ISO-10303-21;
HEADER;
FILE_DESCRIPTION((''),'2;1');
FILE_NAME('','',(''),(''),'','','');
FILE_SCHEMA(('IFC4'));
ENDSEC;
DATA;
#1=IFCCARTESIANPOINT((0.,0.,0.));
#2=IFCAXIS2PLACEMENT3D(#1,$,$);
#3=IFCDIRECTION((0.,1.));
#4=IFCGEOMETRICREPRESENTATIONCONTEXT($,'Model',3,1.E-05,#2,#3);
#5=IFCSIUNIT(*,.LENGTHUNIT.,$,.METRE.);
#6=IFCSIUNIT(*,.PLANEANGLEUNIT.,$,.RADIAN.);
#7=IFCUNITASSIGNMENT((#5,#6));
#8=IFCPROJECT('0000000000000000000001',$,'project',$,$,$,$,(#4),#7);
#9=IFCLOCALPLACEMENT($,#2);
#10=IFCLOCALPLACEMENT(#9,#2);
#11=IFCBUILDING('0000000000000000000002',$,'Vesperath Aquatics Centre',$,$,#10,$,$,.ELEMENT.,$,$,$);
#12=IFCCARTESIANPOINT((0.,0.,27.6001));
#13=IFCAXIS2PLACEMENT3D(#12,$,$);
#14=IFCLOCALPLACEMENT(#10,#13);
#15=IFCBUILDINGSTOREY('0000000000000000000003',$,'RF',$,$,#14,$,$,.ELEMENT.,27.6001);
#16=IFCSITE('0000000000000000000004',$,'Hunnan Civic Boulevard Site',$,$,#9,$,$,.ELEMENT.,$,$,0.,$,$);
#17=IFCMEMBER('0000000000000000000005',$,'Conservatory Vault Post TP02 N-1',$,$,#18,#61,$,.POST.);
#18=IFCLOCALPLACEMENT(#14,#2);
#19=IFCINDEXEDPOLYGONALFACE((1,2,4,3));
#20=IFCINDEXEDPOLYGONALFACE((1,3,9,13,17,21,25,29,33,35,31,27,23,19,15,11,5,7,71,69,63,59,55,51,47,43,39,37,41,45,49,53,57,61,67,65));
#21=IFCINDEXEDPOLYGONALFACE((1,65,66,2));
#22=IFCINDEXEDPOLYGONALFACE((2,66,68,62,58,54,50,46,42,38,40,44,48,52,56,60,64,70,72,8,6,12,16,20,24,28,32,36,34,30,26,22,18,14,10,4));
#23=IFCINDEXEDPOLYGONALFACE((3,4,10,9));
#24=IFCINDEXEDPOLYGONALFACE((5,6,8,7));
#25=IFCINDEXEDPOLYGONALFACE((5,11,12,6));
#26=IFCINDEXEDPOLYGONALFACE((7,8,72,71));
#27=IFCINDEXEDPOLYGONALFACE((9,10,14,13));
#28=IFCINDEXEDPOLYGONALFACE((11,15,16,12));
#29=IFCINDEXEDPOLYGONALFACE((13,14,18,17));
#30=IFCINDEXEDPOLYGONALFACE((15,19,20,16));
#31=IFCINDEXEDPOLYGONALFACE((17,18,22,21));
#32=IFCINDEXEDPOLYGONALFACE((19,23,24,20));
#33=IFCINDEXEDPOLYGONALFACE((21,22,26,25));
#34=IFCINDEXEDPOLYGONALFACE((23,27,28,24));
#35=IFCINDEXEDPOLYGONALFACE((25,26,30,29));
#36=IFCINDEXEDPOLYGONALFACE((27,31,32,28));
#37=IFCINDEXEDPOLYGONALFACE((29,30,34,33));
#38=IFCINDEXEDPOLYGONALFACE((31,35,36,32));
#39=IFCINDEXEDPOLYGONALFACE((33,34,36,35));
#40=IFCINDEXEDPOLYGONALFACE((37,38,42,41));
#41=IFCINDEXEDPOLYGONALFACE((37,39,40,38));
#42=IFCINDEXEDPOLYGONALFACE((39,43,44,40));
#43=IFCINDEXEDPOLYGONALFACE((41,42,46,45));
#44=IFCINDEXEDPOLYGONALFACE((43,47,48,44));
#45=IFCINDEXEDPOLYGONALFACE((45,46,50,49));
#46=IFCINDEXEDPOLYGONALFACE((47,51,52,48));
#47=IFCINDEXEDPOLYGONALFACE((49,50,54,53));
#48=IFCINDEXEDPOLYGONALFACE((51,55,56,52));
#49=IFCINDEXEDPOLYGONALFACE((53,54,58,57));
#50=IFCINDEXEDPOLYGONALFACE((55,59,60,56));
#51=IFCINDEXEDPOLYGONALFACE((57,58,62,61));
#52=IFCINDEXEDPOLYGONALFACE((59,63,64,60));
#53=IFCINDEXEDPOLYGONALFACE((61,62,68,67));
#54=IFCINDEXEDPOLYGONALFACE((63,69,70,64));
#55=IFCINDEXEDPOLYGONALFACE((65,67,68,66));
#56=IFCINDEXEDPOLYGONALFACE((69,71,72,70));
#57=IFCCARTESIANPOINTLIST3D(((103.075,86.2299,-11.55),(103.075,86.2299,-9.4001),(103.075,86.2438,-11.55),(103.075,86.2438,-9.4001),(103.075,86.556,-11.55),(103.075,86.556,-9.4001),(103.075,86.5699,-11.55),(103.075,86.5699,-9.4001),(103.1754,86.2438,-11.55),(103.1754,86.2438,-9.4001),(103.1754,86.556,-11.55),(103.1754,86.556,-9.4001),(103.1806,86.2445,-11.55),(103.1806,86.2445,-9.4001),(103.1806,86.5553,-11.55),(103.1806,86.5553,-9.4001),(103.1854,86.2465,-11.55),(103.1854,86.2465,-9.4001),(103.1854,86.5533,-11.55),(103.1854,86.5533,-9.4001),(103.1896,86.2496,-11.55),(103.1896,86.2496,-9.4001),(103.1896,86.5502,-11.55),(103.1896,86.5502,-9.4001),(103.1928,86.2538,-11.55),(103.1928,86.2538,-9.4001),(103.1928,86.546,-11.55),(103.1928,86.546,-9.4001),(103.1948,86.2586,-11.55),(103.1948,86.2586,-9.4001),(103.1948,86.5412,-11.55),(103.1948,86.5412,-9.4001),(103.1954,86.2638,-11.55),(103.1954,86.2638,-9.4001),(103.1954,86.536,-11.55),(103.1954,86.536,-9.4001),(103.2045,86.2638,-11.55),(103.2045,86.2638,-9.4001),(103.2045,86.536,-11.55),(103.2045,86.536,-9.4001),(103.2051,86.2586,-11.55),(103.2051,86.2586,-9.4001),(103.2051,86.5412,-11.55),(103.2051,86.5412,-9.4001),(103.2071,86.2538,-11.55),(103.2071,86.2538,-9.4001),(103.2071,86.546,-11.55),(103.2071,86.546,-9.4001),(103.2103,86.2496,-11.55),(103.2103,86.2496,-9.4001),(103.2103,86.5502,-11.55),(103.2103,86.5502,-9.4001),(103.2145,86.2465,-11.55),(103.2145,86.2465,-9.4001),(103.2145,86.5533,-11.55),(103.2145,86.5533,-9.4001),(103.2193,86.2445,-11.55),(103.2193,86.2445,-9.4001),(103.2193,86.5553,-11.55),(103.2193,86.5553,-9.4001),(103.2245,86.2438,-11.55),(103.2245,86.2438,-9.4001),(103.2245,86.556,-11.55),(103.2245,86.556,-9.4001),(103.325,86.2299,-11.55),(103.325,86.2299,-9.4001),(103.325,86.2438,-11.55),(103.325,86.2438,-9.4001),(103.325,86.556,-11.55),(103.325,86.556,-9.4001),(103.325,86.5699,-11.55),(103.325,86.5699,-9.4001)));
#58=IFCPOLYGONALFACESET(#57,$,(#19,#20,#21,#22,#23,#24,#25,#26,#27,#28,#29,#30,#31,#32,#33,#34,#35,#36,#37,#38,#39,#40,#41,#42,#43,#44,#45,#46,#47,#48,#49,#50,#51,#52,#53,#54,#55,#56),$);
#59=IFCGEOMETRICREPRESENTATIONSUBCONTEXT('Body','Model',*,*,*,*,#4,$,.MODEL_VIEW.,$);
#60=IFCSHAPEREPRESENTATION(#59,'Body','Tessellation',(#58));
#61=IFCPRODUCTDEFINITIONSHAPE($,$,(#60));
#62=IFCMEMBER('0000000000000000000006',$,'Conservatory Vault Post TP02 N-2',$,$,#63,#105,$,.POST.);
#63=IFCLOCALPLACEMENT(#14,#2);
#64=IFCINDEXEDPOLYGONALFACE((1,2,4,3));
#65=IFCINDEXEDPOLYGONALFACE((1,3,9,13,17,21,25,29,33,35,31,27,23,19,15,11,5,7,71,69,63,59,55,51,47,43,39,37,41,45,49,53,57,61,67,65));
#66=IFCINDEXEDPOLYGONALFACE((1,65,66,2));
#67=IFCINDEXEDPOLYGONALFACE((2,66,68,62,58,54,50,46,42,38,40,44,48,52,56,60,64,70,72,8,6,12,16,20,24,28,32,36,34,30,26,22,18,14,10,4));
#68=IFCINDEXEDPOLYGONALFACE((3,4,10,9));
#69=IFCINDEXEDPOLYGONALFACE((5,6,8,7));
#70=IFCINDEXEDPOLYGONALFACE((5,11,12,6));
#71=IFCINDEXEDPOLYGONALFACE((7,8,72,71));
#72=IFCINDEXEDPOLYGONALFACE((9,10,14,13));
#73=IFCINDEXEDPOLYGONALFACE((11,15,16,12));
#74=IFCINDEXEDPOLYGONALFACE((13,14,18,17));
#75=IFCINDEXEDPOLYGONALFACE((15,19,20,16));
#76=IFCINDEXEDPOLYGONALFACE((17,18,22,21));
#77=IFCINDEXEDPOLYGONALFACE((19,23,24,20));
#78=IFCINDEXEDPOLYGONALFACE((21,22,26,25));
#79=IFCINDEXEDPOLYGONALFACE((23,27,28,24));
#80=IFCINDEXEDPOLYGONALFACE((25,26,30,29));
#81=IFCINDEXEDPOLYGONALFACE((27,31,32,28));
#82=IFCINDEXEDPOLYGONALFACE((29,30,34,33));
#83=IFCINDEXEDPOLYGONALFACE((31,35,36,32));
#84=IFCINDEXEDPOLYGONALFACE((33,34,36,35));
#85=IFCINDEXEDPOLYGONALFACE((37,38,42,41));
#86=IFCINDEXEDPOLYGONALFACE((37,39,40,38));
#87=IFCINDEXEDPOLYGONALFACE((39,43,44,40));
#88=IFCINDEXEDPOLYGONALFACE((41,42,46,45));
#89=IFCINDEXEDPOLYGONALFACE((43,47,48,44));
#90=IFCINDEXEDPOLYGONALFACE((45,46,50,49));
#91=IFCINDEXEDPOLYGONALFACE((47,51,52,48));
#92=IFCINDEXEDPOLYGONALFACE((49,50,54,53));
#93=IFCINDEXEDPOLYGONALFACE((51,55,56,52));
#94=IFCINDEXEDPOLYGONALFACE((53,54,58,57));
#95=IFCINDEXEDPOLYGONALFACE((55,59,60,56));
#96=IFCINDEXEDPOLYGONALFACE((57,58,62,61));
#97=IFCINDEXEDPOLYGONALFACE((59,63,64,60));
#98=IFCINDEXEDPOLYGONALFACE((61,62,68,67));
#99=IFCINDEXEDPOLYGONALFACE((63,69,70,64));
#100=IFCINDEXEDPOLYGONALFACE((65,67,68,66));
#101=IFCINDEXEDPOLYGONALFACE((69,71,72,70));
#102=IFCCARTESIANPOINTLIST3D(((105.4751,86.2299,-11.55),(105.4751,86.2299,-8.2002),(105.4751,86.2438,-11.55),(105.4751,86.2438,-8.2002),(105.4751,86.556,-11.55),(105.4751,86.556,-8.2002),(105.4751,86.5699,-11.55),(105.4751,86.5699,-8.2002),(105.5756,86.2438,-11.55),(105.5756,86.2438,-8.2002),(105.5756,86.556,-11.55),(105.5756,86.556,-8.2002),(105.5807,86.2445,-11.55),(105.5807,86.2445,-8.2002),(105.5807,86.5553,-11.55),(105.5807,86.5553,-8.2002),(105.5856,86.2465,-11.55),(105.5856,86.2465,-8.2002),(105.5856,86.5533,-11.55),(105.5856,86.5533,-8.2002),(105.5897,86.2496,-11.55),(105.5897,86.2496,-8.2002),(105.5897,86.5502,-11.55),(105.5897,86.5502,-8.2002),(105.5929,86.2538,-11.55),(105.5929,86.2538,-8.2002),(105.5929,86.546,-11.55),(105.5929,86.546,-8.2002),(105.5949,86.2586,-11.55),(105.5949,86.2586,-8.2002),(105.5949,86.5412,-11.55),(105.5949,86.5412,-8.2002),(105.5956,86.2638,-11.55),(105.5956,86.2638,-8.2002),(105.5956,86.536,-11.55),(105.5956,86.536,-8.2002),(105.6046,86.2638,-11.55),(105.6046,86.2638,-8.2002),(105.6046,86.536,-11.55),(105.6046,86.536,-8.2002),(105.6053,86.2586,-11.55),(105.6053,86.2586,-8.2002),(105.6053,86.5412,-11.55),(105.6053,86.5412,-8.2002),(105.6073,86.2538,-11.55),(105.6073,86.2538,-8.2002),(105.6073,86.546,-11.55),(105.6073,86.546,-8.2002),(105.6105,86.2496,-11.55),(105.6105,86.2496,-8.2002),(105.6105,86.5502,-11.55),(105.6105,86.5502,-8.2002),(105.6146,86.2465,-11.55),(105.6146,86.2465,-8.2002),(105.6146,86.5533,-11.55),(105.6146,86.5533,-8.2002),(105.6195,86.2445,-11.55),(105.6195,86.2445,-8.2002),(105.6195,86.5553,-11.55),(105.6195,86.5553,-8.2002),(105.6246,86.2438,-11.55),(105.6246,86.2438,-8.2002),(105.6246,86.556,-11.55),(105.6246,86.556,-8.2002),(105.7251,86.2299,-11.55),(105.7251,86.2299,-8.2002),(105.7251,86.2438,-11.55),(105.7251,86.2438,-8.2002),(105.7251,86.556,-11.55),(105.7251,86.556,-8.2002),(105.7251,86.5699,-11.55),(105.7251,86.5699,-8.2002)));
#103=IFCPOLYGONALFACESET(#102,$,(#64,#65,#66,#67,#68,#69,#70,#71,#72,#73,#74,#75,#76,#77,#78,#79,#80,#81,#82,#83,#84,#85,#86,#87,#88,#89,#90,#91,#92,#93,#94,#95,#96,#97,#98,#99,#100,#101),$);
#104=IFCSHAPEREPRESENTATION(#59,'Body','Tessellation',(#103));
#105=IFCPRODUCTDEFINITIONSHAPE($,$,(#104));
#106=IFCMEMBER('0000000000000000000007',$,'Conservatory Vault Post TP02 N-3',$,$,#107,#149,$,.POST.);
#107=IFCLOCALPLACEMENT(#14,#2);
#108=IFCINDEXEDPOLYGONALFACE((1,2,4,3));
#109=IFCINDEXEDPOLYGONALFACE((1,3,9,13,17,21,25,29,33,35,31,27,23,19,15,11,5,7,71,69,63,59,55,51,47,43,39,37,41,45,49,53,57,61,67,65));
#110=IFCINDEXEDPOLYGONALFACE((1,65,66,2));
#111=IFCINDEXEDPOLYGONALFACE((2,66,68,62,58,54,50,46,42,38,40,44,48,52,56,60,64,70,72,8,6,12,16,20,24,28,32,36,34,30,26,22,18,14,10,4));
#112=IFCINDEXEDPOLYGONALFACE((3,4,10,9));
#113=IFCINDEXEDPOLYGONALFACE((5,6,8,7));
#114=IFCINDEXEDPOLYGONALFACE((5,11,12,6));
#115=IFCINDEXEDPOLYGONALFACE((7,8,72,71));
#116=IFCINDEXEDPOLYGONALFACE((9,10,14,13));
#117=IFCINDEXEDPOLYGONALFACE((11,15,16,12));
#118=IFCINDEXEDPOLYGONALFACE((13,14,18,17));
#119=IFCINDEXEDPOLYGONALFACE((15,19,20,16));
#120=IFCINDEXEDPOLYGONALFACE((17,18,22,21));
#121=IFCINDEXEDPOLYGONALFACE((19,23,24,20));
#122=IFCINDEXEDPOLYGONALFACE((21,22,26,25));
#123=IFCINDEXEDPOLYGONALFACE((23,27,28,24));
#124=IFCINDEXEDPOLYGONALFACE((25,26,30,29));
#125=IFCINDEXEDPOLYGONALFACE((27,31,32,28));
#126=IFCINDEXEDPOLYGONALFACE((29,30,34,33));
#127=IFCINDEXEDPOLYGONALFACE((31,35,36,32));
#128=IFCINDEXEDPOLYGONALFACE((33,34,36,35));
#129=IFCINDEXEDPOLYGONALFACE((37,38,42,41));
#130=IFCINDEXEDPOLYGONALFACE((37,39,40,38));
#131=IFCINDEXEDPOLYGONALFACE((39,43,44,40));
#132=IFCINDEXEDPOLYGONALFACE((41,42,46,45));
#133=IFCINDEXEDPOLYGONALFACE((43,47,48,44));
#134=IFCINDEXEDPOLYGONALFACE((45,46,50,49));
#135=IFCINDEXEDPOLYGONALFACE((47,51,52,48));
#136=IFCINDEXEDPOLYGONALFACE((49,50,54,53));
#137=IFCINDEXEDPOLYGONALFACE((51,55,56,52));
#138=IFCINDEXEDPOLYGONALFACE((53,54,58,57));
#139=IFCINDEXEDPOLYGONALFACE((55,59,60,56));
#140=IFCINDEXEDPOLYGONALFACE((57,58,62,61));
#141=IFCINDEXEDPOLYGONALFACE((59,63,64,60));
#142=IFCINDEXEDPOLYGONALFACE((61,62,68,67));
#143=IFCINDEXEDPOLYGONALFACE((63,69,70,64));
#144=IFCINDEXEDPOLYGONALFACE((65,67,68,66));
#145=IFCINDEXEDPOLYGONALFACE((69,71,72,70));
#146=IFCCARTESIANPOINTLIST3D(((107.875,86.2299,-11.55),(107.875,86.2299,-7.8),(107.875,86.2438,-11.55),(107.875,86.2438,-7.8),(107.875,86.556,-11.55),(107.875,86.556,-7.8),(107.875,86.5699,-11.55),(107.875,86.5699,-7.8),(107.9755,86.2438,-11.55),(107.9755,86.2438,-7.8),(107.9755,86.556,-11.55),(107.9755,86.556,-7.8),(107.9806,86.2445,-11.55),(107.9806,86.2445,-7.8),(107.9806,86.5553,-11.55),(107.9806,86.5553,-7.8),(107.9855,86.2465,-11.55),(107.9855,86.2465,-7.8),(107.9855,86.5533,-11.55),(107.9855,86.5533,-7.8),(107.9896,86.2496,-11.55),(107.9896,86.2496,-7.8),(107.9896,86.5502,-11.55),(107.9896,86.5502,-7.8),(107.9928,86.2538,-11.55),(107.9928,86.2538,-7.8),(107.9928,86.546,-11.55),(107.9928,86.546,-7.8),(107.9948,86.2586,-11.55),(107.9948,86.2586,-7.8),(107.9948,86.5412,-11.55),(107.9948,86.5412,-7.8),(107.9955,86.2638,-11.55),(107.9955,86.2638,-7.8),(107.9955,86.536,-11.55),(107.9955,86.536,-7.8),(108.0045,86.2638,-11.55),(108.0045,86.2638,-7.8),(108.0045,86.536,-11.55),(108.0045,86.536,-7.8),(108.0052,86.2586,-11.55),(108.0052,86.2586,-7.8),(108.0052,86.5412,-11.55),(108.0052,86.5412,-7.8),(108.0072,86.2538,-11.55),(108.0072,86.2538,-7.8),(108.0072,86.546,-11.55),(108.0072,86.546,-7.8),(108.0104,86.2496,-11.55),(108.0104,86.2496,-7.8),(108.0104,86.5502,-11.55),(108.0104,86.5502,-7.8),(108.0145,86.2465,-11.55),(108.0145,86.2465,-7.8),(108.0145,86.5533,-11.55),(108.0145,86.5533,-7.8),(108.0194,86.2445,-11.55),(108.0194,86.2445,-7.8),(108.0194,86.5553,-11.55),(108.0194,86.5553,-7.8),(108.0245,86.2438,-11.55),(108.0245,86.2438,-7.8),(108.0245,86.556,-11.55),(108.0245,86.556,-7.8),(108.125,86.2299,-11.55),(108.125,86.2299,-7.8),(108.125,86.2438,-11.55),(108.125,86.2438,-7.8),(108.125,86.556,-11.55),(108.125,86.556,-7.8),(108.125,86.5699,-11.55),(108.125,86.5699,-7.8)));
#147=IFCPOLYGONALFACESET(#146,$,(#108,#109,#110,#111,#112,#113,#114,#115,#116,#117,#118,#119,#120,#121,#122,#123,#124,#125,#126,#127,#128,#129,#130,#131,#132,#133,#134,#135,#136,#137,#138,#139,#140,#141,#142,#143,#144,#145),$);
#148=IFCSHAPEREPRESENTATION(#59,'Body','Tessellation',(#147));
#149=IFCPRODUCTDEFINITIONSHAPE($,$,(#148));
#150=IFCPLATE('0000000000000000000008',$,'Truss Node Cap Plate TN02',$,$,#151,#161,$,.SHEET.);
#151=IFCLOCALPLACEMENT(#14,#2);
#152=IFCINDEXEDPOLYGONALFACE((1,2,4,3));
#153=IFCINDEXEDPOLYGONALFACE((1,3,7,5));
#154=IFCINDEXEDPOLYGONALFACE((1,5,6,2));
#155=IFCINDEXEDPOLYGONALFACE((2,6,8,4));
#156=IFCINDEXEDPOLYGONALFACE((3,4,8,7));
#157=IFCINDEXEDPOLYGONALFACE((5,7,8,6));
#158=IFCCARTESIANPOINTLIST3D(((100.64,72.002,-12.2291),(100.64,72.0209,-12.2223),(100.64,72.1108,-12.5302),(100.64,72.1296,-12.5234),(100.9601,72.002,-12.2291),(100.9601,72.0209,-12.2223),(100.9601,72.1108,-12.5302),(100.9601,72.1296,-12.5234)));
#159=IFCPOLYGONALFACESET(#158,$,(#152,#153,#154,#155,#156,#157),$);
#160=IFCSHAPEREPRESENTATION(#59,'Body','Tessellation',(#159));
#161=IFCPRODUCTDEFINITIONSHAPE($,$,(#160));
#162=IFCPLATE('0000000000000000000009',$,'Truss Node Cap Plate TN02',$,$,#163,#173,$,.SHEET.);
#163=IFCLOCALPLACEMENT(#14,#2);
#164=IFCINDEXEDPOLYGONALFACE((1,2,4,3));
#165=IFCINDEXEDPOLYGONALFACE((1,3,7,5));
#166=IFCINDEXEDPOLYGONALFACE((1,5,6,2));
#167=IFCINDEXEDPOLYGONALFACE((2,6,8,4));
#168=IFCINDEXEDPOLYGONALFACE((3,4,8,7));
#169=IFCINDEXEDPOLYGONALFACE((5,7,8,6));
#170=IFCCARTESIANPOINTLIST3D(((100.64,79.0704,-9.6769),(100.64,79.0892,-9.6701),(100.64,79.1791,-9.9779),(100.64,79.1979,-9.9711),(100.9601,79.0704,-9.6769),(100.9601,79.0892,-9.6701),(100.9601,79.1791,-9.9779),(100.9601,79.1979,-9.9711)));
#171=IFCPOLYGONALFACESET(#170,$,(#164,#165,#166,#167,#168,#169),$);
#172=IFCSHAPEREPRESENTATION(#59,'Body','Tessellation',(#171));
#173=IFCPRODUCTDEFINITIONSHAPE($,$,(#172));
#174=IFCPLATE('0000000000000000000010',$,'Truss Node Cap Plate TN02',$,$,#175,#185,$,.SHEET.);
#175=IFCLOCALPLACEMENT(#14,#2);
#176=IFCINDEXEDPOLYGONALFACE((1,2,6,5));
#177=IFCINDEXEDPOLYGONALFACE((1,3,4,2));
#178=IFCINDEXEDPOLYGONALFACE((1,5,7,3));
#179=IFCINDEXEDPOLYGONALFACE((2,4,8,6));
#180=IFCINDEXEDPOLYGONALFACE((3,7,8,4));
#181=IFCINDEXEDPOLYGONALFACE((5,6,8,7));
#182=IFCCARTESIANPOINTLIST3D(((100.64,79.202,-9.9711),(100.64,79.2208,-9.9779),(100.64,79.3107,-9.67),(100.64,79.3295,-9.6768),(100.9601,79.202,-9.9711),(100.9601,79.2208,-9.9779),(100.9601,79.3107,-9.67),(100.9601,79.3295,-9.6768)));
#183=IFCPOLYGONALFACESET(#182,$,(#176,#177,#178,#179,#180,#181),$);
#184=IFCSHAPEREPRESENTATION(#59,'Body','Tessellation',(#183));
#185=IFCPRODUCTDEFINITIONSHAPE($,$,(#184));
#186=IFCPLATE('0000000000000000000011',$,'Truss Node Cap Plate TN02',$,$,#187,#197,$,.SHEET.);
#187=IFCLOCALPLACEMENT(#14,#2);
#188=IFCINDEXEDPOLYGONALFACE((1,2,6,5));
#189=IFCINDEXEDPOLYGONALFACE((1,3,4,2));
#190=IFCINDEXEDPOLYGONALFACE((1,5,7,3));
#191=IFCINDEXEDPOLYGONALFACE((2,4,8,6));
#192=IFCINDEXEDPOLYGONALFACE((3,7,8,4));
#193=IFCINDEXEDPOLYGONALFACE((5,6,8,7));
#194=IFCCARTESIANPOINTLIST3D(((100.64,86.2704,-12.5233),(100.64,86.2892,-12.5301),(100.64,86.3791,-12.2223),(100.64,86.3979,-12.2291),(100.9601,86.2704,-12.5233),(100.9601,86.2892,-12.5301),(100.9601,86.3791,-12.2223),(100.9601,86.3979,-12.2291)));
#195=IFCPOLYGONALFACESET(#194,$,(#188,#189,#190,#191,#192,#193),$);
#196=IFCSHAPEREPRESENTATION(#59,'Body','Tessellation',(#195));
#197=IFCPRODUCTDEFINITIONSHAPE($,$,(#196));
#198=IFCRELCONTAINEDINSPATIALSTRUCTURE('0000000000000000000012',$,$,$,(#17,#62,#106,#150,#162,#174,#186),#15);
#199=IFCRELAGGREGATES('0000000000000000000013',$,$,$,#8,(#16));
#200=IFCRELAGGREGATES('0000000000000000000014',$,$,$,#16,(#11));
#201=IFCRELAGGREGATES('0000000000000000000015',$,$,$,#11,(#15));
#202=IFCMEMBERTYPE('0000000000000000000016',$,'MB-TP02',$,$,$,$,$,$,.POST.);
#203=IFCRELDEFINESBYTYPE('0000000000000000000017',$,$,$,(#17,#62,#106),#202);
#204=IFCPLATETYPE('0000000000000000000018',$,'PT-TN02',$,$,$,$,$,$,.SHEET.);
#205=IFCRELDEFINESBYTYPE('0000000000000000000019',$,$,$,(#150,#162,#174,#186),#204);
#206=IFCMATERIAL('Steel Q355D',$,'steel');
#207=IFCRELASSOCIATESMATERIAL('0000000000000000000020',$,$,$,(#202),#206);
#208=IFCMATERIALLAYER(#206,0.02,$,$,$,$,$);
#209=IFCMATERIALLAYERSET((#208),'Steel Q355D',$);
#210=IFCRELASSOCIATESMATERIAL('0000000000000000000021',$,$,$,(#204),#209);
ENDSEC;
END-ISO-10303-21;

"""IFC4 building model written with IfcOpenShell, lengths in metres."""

from ifc_helpers import new_model, si_unit, direction, frame, origin, origin_2d, place, context, subcontext, project, spatial, rectangle, i_section, extrude, material, layer, layer_set, material_profile, profile_set, type_object, element, save


model = new_model("IFC4")

# Units and contexts
model_context = context("Model", 3, precision=1e-05, world=origin(), true_north=direction((0.0, 1.0)))
body_context = subcontext(model_context, "Body", "Model", "MODEL_VIEW")
ifc_project = project(units=[si_unit("LENGTHUNIT", "METRE"), si_unit("PLANEANGLEUNIT", "RADIAN")], contexts=[model_context])

# Site, building, storey
site_placement = place(None, origin())
site = spatial("IfcSite", under=ifc_project, at=site_placement, Name="Hunnan Civic Boulevard Site", CompositionType="ELEMENT", RefElevation=0.0)
building_placement = place(site_placement, origin())
building = spatial("IfcBuilding", under=site, at=building_placement, Name="Vesperath Aquatics Centre", CompositionType="ELEMENT")
storey_placement = place(building_placement, frame((0.0, 0.0, 27.6001)))
storey = spatial("IfcBuildingStorey", under=building, at=storey_placement, Name="RF", CompositionType="ELEMENT", Elevation=27.6001)

# Shared definitions
ifc_material_1 = material(Name="Steel Q355D", Category="steel")

# Members
ifc_material_profile_1 = material_profile(ifc_material_1, i_section(OverallWidth=0.25, OverallDepth=0.3401, WebThickness=0.009, FlangeThickness=0.0139, FilletRadius=0.02, at=origin_2d()), Name="HM 340x250x9x14")
ifc_profile_set_1 = profile_set([ifc_material_profile_1], Name="Steel Q355D")
member_type_1 = type_object("IfcMemberType", Name="MB-TP02", PredefinedType="POST", material=ifc_profile_set_1)
member_1_placement = place(storey_placement, frame((103.2, 86.3999, -11.55), z_axis=(0.0, 0.0, 1.0), x_axis=(1.0, 0.0, 0.0)))
element("IfcMember", 1, at=member_1_placement, inside=storey, type_object=member_type_1, Name="Conservatory Vault Post TP02 N-1", PredefinedType="POST", context=body_context, shape_type="SweptSolid", body=[
    extrude(i_section(OverallWidth=0.25, OverallDepth=0.3401, WebThickness=0.009, FlangeThickness=0.0139, FilletRadius=0.02, at=origin_2d()), origin(), (0.0, 0.0, 1.0), 2.1499),
])
member_2_placement = place(storey_placement, frame((105.6001, 86.3999, -11.55), z_axis=(0.0, 0.0, 1.0), x_axis=(1.0, 0.0, 0.0)))
element("IfcMember", 2, at=member_2_placement, inside=storey, type_object=member_type_1, Name="Conservatory Vault Post TP02 N-2", PredefinedType="POST", context=body_context, shape_type="SweptSolid", body=[
    extrude(i_section(OverallWidth=0.25, OverallDepth=0.3401, WebThickness=0.009, FlangeThickness=0.0139, FilletRadius=0.02, at=origin_2d()), origin(), (0.0, 0.0, 1.0), 3.3499),
])
member_3_placement = place(storey_placement, frame((108.0, 86.3999, -11.55), z_axis=(0.0, 0.0, 1.0), x_axis=(1.0, 0.0, 0.0)))
element("IfcMember", 3, at=member_3_placement, inside=storey, type_object=member_type_1, Name="Conservatory Vault Post TP02 N-3", PredefinedType="POST", context=body_context, shape_type="SweptSolid", body=[
    extrude(i_section(OverallWidth=0.25, OverallDepth=0.3401, WebThickness=0.009, FlangeThickness=0.0139, FilletRadius=0.02, at=origin_2d()), origin(), (0.0, 0.0, 1.0), 3.75),
])

# Plates
ifc_layer_1 = layer(ifc_material_1, 0.02)
ifc_layer_set_1 = layer_set([ifc_layer_1], Name="Steel Q355D")
plate_type_1 = type_object("IfcPlateType", Name="PT-TN02", PredefinedType="SHEET", material=ifc_layer_set_1)
for number, where, z_axis, x_axis, name in (
    (4, (100.8, 72.0564, -12.3796), (0.0, 0.940554, 0.339644), (-1.0, 0.0, 0.0), "Truss Node Cap Plate TN02"),
    (5, (100.8, 79.1248, -9.8274), (0.0, 0.940554, 0.339644), (-1.0, 0.0, 0.0), "Truss Node Cap Plate TN02"),
    (6, (100.8, 79.2563, -9.8206), (0.0, 0.940554, -0.339644), (-1.0, 0.0, 0.0), "Truss Node Cap Plate TN02"),
    (7, (100.8, 86.3247, -12.3728), (0.0, 0.940554, -0.339644), (-1.0, 0.0, 0.0), "Truss Node Cap Plate TN02"),
):
    element("IfcPlate", number, at=place(storey_placement, frame(where, z_axis=z_axis, x_axis=x_axis)), inside=storey, type_object=plate_type_1, Name=name, PredefinedType="SHEET", context=body_context, shape_type="SweptSolid", body=[
        extrude(rectangle(XDim=0.3201, YDim=0.3201, at=origin_2d()), origin(), (0.0, 0.0, 1.0), 0.02),
    ])

save(model, "model.ifc")
